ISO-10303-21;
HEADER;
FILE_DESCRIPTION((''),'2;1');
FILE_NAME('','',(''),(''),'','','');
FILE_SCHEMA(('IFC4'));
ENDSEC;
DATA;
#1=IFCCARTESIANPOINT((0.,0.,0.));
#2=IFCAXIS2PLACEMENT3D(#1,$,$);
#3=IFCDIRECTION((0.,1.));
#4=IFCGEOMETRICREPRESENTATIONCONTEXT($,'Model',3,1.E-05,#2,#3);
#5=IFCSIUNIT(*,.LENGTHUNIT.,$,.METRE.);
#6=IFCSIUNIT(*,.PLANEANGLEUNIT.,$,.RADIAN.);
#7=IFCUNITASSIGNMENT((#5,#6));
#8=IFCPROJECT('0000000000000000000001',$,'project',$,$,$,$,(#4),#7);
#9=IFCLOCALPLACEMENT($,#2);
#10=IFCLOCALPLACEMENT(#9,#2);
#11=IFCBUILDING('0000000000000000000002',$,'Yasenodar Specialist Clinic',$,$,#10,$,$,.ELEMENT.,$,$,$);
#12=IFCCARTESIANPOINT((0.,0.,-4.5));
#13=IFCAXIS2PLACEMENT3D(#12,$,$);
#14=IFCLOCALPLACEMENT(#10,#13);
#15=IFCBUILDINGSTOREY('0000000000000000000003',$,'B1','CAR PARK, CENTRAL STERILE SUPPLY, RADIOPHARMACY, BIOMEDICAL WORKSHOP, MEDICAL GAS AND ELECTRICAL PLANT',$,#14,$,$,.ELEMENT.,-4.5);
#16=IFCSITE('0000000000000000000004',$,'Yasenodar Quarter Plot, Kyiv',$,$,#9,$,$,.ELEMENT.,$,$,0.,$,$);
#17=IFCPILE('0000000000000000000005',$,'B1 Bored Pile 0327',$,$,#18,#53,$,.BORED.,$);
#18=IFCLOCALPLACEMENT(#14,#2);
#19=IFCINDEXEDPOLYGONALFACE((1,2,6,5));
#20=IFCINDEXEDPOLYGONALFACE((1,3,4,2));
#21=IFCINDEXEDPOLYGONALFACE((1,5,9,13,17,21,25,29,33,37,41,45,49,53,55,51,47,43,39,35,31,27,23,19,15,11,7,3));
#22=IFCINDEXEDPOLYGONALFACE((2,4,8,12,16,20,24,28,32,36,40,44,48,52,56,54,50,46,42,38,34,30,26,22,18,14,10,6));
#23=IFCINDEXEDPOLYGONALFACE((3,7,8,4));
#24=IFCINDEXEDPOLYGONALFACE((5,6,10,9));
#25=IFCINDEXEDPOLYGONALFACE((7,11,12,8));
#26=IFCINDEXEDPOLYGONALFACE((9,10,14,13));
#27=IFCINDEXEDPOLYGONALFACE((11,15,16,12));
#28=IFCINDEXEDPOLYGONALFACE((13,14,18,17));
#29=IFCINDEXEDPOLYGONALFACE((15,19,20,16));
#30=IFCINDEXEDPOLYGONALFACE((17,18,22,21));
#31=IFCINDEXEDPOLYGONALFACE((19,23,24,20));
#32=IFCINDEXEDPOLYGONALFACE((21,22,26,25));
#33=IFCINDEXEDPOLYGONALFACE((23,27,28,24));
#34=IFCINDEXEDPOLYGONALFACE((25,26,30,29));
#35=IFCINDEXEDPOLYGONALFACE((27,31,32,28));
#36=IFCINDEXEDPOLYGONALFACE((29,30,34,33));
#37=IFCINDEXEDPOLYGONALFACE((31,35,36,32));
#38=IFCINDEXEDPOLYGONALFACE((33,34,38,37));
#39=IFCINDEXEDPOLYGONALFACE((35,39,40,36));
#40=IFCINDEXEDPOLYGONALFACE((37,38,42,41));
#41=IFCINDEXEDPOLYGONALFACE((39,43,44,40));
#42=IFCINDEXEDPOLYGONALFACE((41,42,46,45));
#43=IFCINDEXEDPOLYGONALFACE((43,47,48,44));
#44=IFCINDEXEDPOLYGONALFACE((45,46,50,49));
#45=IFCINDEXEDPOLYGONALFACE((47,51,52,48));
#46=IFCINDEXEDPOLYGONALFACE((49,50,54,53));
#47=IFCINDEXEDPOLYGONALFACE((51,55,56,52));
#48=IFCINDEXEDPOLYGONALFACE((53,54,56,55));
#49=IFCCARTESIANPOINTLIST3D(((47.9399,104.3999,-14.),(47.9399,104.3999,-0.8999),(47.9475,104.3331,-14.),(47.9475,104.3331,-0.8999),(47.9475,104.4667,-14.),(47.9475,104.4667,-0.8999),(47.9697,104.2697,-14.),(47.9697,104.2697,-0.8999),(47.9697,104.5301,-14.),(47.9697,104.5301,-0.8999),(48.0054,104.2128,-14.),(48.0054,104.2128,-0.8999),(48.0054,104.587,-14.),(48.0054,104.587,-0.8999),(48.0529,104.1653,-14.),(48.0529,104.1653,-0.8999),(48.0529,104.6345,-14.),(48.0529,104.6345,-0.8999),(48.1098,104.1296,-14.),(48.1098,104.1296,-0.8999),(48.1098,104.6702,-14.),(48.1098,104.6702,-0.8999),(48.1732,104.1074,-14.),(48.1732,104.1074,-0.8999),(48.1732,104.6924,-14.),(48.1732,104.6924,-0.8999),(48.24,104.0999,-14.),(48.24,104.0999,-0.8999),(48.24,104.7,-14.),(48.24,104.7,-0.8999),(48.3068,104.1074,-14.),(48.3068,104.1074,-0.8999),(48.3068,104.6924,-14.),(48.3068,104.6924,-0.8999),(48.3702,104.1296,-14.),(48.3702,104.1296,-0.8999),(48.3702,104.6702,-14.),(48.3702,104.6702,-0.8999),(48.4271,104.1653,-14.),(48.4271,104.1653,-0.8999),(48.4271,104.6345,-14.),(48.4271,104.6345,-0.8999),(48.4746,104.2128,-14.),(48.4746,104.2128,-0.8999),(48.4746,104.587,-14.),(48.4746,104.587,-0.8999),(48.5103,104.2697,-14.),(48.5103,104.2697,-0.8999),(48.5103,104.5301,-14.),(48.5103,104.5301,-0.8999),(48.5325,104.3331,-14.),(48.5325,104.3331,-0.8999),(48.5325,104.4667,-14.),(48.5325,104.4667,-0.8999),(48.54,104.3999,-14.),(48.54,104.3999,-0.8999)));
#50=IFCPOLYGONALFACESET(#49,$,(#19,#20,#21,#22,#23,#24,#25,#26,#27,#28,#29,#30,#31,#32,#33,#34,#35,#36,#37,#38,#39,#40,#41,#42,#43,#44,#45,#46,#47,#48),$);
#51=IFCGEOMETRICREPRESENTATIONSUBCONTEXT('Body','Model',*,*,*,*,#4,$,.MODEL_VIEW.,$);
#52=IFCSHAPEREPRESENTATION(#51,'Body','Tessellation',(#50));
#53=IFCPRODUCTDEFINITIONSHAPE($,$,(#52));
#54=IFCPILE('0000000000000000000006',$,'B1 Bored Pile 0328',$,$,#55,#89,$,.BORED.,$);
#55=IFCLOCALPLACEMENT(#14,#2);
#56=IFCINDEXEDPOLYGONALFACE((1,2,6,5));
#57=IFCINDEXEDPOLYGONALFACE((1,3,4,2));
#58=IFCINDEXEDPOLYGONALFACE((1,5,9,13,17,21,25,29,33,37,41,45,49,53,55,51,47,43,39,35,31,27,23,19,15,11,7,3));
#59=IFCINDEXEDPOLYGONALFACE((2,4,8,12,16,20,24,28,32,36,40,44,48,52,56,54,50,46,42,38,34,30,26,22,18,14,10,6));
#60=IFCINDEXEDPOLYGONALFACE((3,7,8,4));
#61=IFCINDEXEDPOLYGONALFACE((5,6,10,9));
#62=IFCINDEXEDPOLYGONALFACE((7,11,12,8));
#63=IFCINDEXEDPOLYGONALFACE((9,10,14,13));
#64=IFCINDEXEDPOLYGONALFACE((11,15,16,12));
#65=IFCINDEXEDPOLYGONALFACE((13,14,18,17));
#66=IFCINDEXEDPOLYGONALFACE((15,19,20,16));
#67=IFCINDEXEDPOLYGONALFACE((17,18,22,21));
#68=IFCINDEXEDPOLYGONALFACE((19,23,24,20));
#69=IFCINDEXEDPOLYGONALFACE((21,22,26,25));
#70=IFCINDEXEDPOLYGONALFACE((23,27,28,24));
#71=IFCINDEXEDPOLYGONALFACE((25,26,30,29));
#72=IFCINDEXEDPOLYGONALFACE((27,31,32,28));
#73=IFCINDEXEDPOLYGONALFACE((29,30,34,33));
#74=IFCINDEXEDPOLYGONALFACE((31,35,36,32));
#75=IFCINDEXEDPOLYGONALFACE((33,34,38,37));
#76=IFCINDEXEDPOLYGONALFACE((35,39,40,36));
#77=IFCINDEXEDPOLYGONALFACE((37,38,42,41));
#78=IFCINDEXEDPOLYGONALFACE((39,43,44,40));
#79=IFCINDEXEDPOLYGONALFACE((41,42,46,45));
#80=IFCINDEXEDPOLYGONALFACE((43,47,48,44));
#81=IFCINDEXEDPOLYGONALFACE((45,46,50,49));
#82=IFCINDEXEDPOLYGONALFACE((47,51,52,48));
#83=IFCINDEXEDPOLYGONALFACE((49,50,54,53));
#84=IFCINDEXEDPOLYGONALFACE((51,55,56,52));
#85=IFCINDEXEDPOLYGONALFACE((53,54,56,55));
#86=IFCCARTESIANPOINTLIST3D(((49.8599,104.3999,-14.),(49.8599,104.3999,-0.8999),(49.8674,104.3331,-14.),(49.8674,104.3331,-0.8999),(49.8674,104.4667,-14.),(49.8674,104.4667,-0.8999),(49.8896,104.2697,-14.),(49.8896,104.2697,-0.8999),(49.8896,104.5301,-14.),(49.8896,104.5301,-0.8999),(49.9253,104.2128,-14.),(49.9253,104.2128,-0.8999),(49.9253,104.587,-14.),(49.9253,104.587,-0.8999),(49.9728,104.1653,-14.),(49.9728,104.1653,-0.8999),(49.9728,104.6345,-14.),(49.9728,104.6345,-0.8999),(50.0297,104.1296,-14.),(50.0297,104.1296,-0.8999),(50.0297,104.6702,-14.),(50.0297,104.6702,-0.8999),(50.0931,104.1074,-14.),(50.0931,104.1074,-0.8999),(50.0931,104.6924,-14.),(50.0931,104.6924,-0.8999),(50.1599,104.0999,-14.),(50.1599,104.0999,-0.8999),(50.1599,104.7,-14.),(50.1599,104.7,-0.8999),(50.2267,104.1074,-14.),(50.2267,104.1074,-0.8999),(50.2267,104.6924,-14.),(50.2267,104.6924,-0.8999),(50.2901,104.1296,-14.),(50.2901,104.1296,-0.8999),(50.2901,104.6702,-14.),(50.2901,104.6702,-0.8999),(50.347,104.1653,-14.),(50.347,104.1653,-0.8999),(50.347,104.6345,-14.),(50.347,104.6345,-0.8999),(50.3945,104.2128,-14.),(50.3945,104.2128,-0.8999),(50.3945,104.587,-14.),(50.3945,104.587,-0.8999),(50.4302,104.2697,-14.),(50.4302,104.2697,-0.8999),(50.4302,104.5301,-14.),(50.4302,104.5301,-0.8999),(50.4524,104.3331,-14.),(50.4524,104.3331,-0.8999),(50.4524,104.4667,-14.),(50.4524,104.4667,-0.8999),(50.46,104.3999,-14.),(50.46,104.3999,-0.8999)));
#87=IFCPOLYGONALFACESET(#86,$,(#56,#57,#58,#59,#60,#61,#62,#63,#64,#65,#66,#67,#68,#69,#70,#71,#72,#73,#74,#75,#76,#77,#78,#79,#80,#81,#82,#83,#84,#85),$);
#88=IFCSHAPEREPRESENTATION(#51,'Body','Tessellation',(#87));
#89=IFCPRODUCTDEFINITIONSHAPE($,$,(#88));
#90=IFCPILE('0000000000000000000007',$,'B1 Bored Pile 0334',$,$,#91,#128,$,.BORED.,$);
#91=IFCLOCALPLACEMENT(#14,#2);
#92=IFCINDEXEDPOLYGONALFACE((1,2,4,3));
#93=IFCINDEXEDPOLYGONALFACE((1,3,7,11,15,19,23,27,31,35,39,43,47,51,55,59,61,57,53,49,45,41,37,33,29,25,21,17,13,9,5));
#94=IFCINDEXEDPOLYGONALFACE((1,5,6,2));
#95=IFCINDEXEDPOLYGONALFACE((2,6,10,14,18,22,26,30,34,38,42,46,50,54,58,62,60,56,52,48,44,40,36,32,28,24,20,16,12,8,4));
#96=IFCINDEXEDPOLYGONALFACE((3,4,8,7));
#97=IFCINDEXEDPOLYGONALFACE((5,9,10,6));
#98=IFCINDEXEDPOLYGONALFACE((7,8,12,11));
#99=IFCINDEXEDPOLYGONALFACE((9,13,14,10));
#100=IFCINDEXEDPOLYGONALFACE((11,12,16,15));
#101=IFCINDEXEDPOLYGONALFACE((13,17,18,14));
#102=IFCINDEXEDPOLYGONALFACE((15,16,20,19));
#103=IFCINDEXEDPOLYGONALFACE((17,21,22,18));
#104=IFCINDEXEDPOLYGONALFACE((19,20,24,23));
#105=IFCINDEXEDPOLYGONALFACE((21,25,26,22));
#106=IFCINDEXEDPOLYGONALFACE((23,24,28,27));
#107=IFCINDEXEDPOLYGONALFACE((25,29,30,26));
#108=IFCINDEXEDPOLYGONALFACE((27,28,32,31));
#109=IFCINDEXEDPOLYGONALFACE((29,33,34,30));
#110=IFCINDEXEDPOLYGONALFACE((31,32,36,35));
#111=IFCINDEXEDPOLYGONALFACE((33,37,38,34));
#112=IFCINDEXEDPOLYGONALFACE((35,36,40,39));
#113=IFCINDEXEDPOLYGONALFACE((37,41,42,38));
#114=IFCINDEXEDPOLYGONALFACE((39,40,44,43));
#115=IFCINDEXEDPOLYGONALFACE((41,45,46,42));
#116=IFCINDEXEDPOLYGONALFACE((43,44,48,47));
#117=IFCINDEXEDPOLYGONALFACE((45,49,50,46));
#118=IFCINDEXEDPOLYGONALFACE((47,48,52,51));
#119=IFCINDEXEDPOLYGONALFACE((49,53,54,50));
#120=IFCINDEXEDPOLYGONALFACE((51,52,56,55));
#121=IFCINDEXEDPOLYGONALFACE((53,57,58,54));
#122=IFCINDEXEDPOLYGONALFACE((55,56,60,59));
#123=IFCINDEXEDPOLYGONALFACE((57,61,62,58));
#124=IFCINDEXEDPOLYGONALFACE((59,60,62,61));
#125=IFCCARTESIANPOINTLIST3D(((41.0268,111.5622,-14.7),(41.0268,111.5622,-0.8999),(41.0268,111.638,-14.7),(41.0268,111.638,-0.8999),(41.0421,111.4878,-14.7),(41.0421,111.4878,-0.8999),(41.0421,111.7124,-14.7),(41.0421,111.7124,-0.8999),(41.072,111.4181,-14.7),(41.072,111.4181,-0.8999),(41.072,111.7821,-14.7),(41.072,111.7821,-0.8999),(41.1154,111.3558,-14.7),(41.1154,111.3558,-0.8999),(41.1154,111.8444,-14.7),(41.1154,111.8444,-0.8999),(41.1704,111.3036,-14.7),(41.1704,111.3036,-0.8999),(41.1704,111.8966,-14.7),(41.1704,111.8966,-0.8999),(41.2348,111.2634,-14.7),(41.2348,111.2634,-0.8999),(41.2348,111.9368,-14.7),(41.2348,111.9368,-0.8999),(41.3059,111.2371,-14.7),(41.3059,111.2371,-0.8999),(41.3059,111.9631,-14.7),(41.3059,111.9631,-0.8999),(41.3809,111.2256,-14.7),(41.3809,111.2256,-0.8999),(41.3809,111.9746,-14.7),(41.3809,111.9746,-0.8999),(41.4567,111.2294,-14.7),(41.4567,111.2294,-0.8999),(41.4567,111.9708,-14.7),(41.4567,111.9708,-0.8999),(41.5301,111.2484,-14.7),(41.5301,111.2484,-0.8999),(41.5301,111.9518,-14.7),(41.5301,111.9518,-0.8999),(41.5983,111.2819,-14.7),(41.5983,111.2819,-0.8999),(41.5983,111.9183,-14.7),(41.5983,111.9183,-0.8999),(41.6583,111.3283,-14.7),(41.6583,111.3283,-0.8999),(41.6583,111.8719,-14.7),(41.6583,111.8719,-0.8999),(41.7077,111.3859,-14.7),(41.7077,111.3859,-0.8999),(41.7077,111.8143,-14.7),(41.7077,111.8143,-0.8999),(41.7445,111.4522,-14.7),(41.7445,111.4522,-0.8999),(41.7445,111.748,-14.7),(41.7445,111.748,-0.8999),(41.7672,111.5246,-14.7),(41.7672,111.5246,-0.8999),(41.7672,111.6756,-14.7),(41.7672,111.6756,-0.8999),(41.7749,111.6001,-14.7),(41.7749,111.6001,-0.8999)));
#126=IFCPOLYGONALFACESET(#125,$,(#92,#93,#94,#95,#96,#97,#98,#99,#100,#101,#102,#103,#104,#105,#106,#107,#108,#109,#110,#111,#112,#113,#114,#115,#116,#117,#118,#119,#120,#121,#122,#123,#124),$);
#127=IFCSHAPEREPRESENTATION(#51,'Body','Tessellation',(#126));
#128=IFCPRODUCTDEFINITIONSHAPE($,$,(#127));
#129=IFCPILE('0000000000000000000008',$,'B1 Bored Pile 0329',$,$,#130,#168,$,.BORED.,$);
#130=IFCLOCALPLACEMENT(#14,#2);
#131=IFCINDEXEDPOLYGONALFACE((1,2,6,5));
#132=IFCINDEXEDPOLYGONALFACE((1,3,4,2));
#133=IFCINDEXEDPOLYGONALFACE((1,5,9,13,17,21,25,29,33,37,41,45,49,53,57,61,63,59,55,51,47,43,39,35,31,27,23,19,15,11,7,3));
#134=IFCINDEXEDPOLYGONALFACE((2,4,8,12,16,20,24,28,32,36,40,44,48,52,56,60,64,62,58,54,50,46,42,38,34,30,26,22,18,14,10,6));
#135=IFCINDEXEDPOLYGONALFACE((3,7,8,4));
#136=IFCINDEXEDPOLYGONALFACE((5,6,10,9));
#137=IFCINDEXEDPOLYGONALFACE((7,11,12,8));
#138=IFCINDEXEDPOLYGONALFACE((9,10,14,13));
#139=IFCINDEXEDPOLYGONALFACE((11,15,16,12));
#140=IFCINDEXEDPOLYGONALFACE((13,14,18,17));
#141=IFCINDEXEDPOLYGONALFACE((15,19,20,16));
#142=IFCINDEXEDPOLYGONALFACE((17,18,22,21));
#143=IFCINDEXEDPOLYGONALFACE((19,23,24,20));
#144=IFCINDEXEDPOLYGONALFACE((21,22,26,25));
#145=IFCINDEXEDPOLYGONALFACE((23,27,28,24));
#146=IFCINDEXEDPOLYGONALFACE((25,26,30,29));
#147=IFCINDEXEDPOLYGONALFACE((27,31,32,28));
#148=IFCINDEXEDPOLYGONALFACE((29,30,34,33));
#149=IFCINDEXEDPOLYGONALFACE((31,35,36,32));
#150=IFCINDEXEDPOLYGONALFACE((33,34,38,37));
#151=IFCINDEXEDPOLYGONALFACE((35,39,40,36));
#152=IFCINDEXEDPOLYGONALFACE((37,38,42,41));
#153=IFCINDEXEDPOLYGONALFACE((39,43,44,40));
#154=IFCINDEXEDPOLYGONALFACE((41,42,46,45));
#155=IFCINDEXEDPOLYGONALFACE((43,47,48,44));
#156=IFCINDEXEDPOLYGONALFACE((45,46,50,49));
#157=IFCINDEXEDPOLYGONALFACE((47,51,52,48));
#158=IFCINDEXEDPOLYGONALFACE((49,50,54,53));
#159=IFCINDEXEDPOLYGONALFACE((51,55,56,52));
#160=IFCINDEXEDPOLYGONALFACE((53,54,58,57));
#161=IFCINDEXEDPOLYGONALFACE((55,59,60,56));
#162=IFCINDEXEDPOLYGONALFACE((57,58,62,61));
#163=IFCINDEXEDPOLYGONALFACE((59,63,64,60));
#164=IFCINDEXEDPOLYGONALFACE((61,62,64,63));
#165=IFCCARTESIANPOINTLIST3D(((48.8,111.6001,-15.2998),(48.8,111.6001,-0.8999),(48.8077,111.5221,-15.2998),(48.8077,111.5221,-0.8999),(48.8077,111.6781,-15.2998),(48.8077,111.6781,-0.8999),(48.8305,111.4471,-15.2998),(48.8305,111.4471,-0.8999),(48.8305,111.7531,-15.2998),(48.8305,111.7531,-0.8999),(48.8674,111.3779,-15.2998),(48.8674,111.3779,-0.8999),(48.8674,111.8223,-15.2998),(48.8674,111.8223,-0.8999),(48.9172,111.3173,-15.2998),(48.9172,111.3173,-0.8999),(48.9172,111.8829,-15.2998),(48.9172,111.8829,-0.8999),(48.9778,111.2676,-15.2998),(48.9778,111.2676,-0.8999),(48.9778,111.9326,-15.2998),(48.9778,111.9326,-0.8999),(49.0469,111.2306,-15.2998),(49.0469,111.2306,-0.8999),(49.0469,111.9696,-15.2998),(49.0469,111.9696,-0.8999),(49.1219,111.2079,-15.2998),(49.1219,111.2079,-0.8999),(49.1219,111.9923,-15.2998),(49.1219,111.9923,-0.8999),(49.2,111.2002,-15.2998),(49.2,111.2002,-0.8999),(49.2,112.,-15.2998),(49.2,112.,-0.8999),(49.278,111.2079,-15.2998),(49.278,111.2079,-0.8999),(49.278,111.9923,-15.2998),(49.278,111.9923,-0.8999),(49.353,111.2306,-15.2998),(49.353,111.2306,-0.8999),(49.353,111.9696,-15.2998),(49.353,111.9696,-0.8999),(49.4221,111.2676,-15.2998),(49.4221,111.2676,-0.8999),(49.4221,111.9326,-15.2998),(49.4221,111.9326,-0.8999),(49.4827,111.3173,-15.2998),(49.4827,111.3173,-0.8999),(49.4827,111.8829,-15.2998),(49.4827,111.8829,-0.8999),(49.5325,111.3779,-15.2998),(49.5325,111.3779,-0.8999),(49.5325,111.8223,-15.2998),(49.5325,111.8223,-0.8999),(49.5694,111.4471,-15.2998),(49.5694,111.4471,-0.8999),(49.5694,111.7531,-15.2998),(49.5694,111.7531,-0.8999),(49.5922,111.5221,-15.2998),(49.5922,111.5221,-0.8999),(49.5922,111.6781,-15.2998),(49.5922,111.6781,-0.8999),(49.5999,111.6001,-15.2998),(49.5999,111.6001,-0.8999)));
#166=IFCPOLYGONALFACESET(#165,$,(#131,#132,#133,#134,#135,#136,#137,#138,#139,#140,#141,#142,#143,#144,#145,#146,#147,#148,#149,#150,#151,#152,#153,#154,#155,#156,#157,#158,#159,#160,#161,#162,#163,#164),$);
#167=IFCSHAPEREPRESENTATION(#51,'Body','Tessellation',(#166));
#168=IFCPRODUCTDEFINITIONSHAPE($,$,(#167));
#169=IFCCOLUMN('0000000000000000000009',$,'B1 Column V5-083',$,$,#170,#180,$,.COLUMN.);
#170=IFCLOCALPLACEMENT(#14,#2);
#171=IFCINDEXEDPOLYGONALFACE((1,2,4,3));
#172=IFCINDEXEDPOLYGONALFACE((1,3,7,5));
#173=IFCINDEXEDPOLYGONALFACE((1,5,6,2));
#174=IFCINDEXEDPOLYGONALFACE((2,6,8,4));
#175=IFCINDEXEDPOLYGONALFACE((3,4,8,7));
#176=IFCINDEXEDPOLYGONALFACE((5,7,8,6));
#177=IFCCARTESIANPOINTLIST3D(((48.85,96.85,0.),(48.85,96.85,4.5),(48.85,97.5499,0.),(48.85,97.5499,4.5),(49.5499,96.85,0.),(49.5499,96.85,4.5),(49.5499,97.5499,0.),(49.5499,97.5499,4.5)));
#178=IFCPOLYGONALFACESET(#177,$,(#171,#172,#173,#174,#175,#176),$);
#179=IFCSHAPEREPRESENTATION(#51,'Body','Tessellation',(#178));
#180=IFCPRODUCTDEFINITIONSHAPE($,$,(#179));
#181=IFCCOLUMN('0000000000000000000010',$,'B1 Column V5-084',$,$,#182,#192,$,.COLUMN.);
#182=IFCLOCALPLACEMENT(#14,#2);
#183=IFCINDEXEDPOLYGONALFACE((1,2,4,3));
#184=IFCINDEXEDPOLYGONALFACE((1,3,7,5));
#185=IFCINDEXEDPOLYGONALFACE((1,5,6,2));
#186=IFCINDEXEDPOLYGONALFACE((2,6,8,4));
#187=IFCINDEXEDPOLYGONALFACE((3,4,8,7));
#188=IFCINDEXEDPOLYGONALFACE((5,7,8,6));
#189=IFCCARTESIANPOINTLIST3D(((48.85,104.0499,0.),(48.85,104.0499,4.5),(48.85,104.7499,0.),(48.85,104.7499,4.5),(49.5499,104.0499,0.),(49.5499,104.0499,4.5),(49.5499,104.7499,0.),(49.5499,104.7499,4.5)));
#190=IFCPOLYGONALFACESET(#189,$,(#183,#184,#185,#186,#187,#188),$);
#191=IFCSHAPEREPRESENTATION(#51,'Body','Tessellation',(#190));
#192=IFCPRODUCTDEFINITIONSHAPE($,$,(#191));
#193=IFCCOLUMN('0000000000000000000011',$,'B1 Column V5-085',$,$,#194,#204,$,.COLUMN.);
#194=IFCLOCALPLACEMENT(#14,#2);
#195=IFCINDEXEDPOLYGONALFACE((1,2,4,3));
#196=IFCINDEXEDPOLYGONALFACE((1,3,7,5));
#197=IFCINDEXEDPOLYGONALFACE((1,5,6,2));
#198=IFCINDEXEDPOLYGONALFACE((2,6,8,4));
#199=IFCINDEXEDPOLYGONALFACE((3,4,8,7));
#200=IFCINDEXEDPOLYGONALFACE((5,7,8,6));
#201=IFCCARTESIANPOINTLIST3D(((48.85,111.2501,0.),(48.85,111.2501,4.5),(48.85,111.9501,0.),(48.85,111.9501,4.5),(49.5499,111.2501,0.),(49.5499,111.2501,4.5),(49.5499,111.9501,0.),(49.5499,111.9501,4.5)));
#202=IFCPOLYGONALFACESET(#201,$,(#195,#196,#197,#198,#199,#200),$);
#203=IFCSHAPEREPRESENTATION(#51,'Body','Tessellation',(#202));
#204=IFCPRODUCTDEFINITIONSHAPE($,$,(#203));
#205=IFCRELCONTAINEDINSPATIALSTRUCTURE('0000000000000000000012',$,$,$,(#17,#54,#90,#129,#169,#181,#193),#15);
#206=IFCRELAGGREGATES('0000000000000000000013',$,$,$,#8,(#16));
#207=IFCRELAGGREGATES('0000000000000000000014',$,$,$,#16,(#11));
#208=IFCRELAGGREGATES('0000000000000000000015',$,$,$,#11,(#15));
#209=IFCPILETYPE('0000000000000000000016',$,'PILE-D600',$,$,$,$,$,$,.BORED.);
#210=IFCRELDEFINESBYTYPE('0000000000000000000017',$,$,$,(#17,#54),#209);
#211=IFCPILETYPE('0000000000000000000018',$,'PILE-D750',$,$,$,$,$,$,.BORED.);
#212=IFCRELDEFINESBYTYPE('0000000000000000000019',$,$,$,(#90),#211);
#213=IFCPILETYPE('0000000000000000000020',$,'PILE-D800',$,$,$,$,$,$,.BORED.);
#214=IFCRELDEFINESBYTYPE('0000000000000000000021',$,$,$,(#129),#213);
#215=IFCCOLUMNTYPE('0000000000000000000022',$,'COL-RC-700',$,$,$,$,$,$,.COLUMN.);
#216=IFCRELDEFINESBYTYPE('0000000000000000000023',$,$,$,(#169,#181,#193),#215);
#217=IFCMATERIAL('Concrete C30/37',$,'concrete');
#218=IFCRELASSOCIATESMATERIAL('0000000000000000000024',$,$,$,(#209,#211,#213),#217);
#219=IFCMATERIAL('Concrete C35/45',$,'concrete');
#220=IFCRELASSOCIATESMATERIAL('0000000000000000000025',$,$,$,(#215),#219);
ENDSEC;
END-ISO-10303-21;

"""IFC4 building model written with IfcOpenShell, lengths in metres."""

from ifc_helpers import new_model, si_unit, direction, frame, origin, origin_2d, place, context, subcontext, project, spatial, rectangle, circle, extrude, material, material_profile, profile_set, type_object, element, save


model = new_model("IFC4")

# Units and contexts
model_context = context("Model", 3, precision=1e-05, world=origin(), true_north=direction((0.0, 1.0)))
body_context = subcontext(model_context, "Body", "Model", "MODEL_VIEW")
ifc_project = project(units=[si_unit("LENGTHUNIT", "METRE"), si_unit("PLANEANGLEUNIT", "RADIAN")], contexts=[model_context])

# Site, building, storey
site_placement = place(None, origin())
site = spatial("IfcSite", under=ifc_project, at=site_placement, Name="Yasenodar Quarter Plot, Kyiv", CompositionType="ELEMENT", RefElevation=0.0)
building_placement = place(site_placement, origin())
building = spatial("IfcBuilding", under=site, at=building_placement, Name="Yasenodar Specialist Clinic", CompositionType="ELEMENT")
storey_placement = place(building_placement, frame((0.0, 0.0, -4.5)))
storey = spatial("IfcBuildingStorey", under=building, at=storey_placement, Name="B1", Description="CAR PARK, CENTRAL STERILE SUPPLY, RADIOPHARMACY, BIOMEDICAL WORKSHOP, MEDICAL GAS AND ELECTRICAL PLANT", CompositionType="ELEMENT", Elevation=-4.5)

# Shared definitions
ifc_material_1 = material(Name="Concrete C35/45", Category="concrete")

# Piles
ifc_material_2 = material(Name="Concrete C30/37", Category="concrete")
ifc_material_profile_1 = material_profile(ifc_material_2, circle(Radius=0.3, at=origin_2d()), Name="PILE D600")
ifc_profile_set_1 = profile_set([ifc_material_profile_1], Name="Concrete C30/37")
pile_type_1 = type_object("IfcPileType", Name="PILE-D600", PredefinedType="BORED", material=ifc_profile_set_1)
for number, where, z_axis, x_axis, name in (
    (1, (48.24, 104.3999, -0.8999), (0.0, 0.0, -1.0), (1.0, 0.0, 0.0), "B1 Bored Pile 0327"),
    (2, (50.1599, 104.3999, -0.8999), (0.0, 0.0, -1.0), (1.0, 0.0, 0.0), "B1 Bored Pile 0328"),
):
    element("IfcPile", number, at=place(storey_placement, frame(where, z_axis=z_axis, x_axis=x_axis)), inside=storey, type_object=pile_type_1, Name=name, PredefinedType="BORED", context=body_context, shape_type="SweptSolid", body=[
        extrude(circle(Radius=0.3, at=origin_2d()), origin(), (0.0, 0.0, 1.0), 13.1001),
    ])
ifc_material_profile_2 = material_profile(ifc_material_2, circle(Radius=0.375, at=origin_2d()), Name="PILE D750")
ifc_profile_set_2 = profile_set([ifc_material_profile_2], Name="Concrete C30/37")
pile_type_2 = type_object("IfcPileType", Name="PILE-D750", PredefinedType="BORED", material=ifc_profile_set_2)
pile_1_placement = place(storey_placement, frame((41.3999, 111.6001, -0.8999), z_axis=(0.0, 0.0, -1.0), x_axis=(1.0, 0.0, 0.0)))
element("IfcPile", 3, at=pile_1_placement, inside=storey, type_object=pile_type_2, Name="B1 Bored Pile 0334", PredefinedType="BORED", context=body_context, shape_type="SweptSolid", body=[
    extrude(circle(Radius=0.375, at=origin_2d()), origin(), (0.0, 0.0, 1.0), 13.8),
])
ifc_material_profile_3 = material_profile(ifc_material_2, circle(Radius=0.3999, at=origin_2d()), Name="PILE D800")
ifc_profile_set_3 = profile_set([ifc_material_profile_3], Name="Concrete C30/37")
pile_type_3 = type_object("IfcPileType", Name="PILE-D800", PredefinedType="BORED", material=ifc_profile_set_3)
pile_2_placement = place(storey_placement, frame((49.2, 111.6001, -0.8999), z_axis=(0.0, 0.0, -1.0), x_axis=(1.0, 0.0, 0.0)))
element("IfcPile", 4, at=pile_2_placement, inside=storey, type_object=pile_type_3, Name="B1 Bored Pile 0329", PredefinedType="BORED", context=body_context, shape_type="SweptSolid", body=[
    extrude(circle(Radius=0.3999, at=origin_2d()), origin(), (0.0, 0.0, 1.0), 14.3999),
])

# Columns
ifc_material_profile_4 = material_profile(ifc_material_1, rectangle(XDim=0.7, YDim=0.7, at=origin_2d()), Name="RC 700x700")
ifc_profile_set_4 = profile_set([ifc_material_profile_4], Name="Concrete C35/45")
column_type = type_object("IfcColumnType", Name="COL-RC-700", PredefinedType="COLUMN", material=ifc_profile_set_4)
for number, where, z_axis, x_axis, name in (
    (5, (49.2, 97.2, 0.0), (0.0, 0.0, 1.0), (1.0, 0.0, 0.0), "B1 Column V5-083"),
    (6, (49.2, 104.3999, 0.0), (0.0, 0.0, 1.0), (1.0, 0.0, 0.0), "B1 Column V5-084"),
    (7, (49.2, 111.6001, 0.0), (0.0, 0.0, 1.0), (1.0, 0.0, 0.0), "B1 Column V5-085"),
):
    element("IfcColumn", number, at=place(storey_placement, frame(where, z_axis=z_axis, x_axis=x_axis)), inside=storey, type_object=column_type, Name=name, PredefinedType="COLUMN", context=body_context, shape_type="SweptSolid", body=[
        extrude(rectangle(XDim=0.7, YDim=0.7, at=origin_2d()), origin(), (0.0, 0.0, 1.0), 4.5),
    ])

save(model, "model.ifc")
